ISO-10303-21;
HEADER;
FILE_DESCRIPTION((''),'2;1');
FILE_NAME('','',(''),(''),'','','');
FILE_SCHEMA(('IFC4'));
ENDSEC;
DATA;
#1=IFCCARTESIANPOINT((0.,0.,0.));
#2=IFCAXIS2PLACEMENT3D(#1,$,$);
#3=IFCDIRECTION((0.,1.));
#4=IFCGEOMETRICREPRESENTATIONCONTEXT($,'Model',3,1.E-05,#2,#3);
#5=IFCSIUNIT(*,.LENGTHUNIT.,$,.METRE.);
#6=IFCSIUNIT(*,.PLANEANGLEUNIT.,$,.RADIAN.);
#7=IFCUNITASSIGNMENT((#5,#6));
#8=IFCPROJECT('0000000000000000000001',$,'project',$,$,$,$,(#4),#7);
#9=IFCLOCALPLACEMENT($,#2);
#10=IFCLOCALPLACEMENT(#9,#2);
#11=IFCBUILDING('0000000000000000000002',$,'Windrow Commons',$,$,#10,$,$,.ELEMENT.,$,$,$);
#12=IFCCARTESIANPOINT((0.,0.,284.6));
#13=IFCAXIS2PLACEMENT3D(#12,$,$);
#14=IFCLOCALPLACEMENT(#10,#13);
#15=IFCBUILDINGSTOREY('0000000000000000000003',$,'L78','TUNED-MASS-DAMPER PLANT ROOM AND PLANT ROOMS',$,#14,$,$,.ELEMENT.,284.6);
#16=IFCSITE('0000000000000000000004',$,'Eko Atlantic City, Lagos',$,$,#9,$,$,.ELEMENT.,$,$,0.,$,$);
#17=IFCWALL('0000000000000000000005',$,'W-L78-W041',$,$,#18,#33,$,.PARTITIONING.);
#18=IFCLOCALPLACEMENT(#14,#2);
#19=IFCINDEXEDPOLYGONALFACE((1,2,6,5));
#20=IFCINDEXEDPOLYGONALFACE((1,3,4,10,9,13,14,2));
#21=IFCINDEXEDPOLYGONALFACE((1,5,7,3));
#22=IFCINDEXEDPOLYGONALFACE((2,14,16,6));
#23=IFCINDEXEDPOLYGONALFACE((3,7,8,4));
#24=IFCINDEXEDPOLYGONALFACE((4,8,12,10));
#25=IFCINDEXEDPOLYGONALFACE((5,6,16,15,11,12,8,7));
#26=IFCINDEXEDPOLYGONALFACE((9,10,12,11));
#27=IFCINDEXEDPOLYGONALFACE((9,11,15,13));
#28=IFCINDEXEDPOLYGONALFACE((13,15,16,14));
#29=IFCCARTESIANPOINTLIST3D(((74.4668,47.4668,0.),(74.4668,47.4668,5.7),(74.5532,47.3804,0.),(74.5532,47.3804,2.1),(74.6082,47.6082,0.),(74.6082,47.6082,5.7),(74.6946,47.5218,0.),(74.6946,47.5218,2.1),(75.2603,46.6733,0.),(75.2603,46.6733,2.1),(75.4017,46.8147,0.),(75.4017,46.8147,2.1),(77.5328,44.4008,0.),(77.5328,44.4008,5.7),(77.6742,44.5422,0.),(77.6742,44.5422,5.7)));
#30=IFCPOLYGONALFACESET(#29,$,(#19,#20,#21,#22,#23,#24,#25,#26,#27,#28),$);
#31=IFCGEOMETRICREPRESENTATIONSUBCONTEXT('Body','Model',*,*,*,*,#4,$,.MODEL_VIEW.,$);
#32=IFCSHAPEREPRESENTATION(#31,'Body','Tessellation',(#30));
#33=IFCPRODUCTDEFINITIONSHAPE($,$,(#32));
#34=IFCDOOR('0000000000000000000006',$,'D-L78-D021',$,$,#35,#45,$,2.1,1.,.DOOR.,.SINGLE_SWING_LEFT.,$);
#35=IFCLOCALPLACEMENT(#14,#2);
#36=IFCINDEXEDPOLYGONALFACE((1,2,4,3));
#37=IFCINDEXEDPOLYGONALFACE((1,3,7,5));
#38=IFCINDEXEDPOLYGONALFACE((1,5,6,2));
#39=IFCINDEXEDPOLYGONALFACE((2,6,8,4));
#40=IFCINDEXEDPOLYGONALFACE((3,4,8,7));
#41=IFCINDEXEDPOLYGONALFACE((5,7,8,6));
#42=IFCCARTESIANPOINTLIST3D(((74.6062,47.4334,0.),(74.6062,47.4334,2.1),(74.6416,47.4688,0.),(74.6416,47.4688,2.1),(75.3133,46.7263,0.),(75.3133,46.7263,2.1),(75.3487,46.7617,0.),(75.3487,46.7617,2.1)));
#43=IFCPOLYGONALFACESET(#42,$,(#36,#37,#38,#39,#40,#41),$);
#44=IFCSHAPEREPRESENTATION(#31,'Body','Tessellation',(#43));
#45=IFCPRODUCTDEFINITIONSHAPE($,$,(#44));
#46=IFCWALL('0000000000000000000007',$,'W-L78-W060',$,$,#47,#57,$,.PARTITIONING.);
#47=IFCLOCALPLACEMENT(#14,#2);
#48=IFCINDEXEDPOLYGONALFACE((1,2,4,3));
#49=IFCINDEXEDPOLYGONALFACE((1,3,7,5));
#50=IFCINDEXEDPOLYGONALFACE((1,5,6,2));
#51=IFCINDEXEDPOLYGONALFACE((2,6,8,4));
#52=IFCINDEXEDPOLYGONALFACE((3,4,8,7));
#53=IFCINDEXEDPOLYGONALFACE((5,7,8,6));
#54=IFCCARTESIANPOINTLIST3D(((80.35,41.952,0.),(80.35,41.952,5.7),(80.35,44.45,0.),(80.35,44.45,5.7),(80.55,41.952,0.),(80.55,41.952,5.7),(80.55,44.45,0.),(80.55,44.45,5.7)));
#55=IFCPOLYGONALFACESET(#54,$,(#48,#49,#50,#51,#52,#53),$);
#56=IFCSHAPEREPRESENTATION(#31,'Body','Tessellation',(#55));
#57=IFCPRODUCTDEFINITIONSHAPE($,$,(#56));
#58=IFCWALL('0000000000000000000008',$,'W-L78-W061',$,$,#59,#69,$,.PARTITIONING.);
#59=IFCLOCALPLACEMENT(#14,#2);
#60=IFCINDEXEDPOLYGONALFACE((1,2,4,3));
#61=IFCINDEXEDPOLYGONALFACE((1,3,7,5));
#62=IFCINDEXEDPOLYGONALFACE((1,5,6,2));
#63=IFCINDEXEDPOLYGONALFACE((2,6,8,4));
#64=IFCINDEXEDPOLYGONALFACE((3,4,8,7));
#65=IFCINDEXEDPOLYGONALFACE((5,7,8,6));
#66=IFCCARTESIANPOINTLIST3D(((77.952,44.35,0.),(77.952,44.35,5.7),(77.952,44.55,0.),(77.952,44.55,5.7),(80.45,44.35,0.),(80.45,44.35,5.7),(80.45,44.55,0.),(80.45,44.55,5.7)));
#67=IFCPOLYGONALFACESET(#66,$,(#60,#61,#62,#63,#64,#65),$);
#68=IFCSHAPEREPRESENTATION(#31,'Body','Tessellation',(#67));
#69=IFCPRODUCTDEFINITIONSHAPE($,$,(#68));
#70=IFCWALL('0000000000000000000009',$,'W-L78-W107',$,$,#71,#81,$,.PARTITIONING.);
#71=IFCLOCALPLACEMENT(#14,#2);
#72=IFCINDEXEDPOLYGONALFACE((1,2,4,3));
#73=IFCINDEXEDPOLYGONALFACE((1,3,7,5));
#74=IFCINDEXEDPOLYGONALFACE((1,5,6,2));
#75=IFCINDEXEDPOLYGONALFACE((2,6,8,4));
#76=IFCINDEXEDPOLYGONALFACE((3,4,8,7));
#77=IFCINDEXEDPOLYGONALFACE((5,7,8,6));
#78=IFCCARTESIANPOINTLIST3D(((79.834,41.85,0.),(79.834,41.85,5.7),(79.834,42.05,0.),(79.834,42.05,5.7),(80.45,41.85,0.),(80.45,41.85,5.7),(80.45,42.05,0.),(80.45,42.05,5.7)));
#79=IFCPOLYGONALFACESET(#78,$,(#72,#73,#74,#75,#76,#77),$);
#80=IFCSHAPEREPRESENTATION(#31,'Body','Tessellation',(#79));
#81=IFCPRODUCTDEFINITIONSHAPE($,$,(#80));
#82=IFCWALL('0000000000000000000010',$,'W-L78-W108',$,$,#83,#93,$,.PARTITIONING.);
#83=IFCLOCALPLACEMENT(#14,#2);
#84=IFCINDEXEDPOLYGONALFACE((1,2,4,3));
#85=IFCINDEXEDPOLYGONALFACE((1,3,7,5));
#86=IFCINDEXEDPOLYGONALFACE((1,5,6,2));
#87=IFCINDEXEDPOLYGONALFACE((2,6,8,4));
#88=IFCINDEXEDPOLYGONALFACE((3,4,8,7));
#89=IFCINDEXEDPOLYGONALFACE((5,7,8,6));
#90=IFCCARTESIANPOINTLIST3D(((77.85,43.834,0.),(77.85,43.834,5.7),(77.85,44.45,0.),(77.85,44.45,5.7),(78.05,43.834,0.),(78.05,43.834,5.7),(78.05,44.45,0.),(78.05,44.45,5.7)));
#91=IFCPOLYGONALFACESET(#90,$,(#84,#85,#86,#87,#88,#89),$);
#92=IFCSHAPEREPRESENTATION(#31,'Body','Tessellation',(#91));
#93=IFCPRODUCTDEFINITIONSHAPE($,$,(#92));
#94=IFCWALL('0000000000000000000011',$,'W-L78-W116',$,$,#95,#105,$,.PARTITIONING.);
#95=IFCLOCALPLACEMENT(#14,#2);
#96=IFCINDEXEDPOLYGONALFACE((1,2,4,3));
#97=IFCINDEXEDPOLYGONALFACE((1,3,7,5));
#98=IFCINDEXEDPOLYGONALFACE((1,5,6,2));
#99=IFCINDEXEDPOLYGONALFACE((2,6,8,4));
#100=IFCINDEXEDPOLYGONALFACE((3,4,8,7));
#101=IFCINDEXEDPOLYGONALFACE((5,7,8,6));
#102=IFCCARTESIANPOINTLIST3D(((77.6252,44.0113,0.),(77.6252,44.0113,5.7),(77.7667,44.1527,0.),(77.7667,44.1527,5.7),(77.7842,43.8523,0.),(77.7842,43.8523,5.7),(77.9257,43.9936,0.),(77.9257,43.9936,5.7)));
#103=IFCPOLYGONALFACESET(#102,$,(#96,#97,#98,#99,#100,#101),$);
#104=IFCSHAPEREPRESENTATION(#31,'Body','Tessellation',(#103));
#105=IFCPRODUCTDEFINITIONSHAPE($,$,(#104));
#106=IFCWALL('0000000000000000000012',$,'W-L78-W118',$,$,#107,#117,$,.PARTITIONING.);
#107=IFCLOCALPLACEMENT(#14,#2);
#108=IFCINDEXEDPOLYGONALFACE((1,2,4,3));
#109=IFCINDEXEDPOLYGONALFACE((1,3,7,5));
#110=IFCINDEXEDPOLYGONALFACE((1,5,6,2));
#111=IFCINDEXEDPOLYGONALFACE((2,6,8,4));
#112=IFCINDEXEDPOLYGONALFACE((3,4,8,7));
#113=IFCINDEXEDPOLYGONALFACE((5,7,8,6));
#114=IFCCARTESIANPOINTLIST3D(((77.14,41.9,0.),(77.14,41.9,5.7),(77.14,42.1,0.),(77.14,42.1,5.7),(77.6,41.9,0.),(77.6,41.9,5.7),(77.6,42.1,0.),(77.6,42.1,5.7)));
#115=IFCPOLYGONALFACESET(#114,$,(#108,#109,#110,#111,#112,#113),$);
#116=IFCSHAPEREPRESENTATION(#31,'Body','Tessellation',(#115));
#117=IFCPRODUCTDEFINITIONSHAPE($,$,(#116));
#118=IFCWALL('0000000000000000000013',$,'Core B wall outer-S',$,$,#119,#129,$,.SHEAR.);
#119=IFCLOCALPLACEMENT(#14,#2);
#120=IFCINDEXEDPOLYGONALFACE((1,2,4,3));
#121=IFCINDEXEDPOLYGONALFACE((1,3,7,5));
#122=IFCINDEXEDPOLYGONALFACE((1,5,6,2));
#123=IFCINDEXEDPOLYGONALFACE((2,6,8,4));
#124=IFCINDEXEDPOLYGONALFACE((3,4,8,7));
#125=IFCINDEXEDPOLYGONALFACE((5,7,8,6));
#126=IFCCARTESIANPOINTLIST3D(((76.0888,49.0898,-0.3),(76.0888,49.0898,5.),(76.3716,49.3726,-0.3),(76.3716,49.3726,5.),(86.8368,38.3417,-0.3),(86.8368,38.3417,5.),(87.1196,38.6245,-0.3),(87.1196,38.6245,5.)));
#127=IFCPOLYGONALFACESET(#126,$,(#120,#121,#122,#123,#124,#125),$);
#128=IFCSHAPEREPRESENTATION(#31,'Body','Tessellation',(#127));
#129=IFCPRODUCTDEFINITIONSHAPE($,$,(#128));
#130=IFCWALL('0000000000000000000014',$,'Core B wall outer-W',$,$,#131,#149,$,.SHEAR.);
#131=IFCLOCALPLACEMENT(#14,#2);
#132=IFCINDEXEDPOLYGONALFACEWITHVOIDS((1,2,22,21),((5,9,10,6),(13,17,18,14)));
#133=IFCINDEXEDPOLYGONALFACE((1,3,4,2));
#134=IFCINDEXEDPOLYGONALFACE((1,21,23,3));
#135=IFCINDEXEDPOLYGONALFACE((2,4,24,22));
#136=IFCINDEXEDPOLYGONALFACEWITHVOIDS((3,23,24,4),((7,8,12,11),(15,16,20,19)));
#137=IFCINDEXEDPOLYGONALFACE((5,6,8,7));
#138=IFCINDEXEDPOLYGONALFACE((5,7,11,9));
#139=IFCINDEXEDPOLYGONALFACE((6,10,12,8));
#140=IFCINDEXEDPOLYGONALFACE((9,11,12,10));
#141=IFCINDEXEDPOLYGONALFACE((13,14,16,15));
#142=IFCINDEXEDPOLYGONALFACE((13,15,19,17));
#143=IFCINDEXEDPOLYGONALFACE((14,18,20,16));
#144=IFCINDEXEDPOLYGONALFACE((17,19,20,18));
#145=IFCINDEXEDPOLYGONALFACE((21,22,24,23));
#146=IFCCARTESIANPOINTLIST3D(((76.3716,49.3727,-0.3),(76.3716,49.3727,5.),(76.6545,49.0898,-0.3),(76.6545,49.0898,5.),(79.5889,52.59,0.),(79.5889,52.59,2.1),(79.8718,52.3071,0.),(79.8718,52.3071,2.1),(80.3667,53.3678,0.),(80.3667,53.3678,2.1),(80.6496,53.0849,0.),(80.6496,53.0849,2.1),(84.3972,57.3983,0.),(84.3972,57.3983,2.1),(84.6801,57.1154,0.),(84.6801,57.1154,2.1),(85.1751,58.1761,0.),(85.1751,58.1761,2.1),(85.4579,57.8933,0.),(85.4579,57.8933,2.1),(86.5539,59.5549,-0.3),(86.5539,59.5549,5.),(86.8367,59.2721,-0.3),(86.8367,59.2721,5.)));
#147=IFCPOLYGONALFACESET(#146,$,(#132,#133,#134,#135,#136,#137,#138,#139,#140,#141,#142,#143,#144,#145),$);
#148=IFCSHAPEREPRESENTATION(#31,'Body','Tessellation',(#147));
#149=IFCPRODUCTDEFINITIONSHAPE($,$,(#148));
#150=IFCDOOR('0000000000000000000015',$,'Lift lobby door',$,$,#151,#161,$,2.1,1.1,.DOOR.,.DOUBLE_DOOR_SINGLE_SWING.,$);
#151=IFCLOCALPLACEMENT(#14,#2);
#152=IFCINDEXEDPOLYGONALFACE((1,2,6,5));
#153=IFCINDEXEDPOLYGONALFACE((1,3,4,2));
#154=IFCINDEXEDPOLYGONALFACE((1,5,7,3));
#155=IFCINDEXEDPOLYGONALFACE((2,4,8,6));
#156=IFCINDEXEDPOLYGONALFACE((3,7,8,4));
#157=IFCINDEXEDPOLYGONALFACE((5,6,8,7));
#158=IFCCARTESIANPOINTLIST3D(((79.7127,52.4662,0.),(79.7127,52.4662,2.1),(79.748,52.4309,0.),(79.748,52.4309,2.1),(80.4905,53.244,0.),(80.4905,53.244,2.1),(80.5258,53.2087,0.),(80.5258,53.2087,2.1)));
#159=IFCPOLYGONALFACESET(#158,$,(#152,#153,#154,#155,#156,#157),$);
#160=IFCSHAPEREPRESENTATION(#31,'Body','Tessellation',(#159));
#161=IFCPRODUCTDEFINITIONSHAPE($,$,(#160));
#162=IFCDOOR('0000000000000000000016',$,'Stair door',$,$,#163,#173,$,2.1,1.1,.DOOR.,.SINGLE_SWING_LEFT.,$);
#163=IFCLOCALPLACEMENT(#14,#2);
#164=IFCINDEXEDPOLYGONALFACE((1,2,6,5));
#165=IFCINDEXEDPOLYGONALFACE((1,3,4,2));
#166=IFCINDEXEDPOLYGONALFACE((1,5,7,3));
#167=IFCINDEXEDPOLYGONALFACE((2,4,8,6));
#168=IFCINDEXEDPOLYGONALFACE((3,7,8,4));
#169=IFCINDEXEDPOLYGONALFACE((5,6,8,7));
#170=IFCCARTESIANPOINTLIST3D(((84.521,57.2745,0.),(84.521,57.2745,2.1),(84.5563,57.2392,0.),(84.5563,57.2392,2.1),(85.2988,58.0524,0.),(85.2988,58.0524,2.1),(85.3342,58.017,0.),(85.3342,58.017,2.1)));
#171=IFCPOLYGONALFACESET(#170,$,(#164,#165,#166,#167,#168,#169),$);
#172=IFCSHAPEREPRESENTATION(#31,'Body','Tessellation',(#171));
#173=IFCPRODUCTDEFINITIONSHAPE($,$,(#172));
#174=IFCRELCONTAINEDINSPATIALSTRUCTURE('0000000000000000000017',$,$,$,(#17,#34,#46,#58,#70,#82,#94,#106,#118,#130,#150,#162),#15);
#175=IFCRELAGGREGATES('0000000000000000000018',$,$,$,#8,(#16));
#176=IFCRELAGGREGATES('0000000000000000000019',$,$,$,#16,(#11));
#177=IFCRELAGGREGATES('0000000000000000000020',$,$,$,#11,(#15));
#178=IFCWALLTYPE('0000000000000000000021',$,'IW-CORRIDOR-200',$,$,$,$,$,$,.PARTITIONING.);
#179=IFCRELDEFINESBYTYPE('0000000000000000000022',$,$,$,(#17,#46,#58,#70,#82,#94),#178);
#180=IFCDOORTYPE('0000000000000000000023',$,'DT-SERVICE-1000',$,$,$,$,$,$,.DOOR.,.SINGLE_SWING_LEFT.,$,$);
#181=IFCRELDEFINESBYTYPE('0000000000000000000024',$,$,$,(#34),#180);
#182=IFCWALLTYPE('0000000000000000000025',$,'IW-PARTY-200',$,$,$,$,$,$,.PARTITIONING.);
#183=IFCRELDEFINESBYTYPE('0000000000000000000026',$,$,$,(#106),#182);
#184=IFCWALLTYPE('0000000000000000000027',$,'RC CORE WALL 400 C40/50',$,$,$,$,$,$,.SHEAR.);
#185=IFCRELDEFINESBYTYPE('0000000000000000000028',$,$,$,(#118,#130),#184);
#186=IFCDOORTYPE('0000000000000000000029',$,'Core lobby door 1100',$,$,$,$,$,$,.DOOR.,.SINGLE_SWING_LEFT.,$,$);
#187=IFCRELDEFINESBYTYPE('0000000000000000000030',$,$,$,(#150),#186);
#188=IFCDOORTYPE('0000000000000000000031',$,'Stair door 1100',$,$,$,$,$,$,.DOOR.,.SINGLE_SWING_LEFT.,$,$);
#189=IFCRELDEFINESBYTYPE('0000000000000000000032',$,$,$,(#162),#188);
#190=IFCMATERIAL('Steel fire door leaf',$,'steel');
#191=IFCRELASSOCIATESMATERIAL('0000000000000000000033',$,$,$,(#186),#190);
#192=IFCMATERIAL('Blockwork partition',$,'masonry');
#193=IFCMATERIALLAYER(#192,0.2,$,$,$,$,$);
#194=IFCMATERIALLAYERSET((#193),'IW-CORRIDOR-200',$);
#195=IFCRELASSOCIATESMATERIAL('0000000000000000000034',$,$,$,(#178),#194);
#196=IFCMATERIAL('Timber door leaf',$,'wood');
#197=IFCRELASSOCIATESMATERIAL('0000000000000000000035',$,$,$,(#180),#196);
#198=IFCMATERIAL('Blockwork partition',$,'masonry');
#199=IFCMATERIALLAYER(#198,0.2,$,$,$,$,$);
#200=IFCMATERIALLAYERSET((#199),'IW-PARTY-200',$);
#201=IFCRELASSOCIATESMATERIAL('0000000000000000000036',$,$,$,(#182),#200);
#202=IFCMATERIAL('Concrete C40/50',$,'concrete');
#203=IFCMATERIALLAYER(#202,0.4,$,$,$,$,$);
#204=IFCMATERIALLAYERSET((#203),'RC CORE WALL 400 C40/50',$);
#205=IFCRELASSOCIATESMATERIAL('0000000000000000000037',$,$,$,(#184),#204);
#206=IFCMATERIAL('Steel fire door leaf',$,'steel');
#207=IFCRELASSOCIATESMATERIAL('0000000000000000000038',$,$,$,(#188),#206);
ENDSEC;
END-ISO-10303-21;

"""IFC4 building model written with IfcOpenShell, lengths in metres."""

from ifc_helpers import new_model, si_unit, direction, frame, frame_2d, origin, place, context, subcontext, project, spatial, rectangle, extrude, material, layer, layer_set, type_object, element, fill, save


model = new_model("IFC4")

# Units and contexts
model_context = context("Model", 3, precision=1e-05, world=origin(), true_north=direction((0.0, 1.0)))
body_context = subcontext(model_context, "Body", "Model", "MODEL_VIEW")
ifc_project = project(units=[si_unit("LENGTHUNIT", "METRE"), si_unit("PLANEANGLEUNIT", "RADIAN")], contexts=[model_context])

# Site, building, storey
site_placement = place(None, origin())
site = spatial("IfcSite", under=ifc_project, at=site_placement, Name="Eko Atlantic City, Lagos", CompositionType="ELEMENT", RefElevation=0.0)
building_placement = place(site_placement, origin())
building = spatial("IfcBuilding", under=site, at=building_placement, Name="Windrow Commons", CompositionType="ELEMENT")
storey_placement = place(building_placement, frame((0.0, 0.0, 284.6)))
storey = spatial("IfcBuildingStorey", under=building, at=storey_placement, Name="L78", Description="TUNED-MASS-DAMPER PLANT ROOM AND PLANT ROOMS", CompositionType="ELEMENT", Elevation=284.6)

# Wall, opening, door
ifc_material_1 = material(Name="Steel fire door leaf", Category="steel")
door_type_1 = type_object("IfcDoorType", Name="Core lobby door 1100", OperationType="SINGLE_SWING_LEFT", PredefinedType="DOOR", material=ifc_material_1)
ifc_material_2 = material(Name="Blockwork partition", Category="masonry")
ifc_layer_1 = layer(ifc_material_2, 0.2)
ifc_layer_set_1 = layer_set([ifc_layer_1], Name="IW-CORRIDOR-200")
wall_type_1 = type_object("IfcWallType", Name="IW-CORRIDOR-200", PredefinedType="PARTITIONING", material=ifc_layer_set_1)
wall_1_placement = place(storey_placement, frame((74.5375, 47.5375, 0.0), z_axis=(0.0, 0.0, 1.0), x_axis=(0.707107, -0.707107, 0.0)))
wall_1 = element("IfcWall", 1, at=wall_1_placement, inside=storey, type_object=wall_type_1, Name="W-L78-W041", PredefinedType="PARTITIONING", context=body_context, shape_type="SweptSolid", body=[
    extrude(rectangle(XDim=4.336, YDim=0.2, at=frame_2d((2.168, 0.0))), origin(), (0.0, 0.0, 1.0), 5.7),
])
opening_1_placement = place(wall_1_placement, frame((0.1222, 0.0, 0.0)))
opening_1 = element("IfcOpeningElement", 2, at=opening_1_placement, cuts=wall_1, PredefinedType="OPENING", context=body_context, shape_type="SweptSolid", body=[
    extrude(rectangle(XDim=1.0, YDim=2.1, at=frame_2d((0.5, 1.05))), frame((0.0, 0.11, 0.0), z_axis=(0.0, -1.0, 0.0), x_axis=(1.0, 0.0, 0.0)), (0.0, 0.0, 1.0), 0.22),
])
ifc_material_3 = material(Name="Timber door leaf", Category="wood")
door_type_2 = type_object("IfcDoorType", Name="DT-SERVICE-1000", OperationType="SINGLE_SWING_LEFT", PredefinedType="DOOR", material=ifc_material_3)
door_1_placement = place(opening_1_placement, origin())
door_1 = element("IfcDoor", 3, at=door_1_placement, inside=storey, type_object=door_type_2, Name="D-L78-D021", OperationType="SINGLE_SWING_LEFT", OverallHeight=2.1, OverallWidth=1.0, PredefinedType="DOOR", context=body_context, shape_type="SweptSolid", body=[
    extrude(rectangle(XDim=1.0, YDim=2.1, at=frame_2d((0.5, 1.05))), frame((0.0, 0.025, 0.0), z_axis=(0.0, -1.0, 0.0), x_axis=(1.0, 0.0, 0.0)), (0.0, 0.0, 1.0), 0.05),
])
fill(opening_1, door_1)

# Walls
for number, where, z_axis, x_axis, name in (
    (4, (80.45, 41.952, 0.0), (0.0, 0.0, 1.0), (0.0, 1.0, 0.0), "W-L78-W060"),
    (5, (77.952, 44.45, 0.0), (0.0, 0.0, 1.0), (1.0, 0.0, 0.0), "W-L78-W061"),
):
    element("IfcWall", number, at=place(storey_placement, frame(where, z_axis=z_axis, x_axis=x_axis)), inside=storey, type_object=wall_type_1, Name=name, PredefinedType="PARTITIONING", context=body_context, shape_type="SweptSolid", body=[
        extrude(rectangle(XDim=2.498, YDim=0.2, at=frame_2d((1.249, 0.0))), origin(), (0.0, 0.0, 1.0), 5.7),
    ])
for number, where, z_axis, x_axis, name in (
    (6, (79.834, 41.95, 0.0), (0.0, 0.0, 1.0), (1.0, 0.0, 0.0), "W-L78-W107"),
    (7, (77.95, 43.834, 0.0), (0.0, 0.0, 1.0), (0.0, 1.0, 0.0), "W-L78-W108"),
):
    element("IfcWall", number, at=place(storey_placement, frame(where, z_axis=z_axis, x_axis=x_axis)), inside=storey, type_object=wall_type_1, Name=name, PredefinedType="PARTITIONING", context=body_context, shape_type="SweptSolid", body=[
        extrude(rectangle(XDim=0.616, YDim=0.2, at=frame_2d((0.308, 0.0))), origin(), (0.0, 0.0, 1.0), 5.7),
    ])
wall_2_placement = place(storey_placement, frame((77.696, 44.082, 0.0), z_axis=(0.0, 0.0, 1.0), x_axis=(0.706884, -0.707329, 0.0)))
element("IfcWall", 8, at=wall_2_placement, inside=storey, type_object=wall_type_1, Name="W-L78-W116", PredefinedType="PARTITIONING", context=body_context, shape_type="SweptSolid", body=[
    extrude(rectangle(XDim=0.2249, YDim=0.2, at=frame_2d((0.1124, 0.0))), origin(), (0.0, 0.0, 1.0), 5.7),
])
ifc_material_4 = material(Name="Blockwork partition", Category="masonry")
ifc_layer_2 = layer(ifc_material_4, 0.2)
ifc_layer_set_2 = layer_set([ifc_layer_2], Name="IW-PARTY-200")
wall_type_2 = type_object("IfcWallType", Name="IW-PARTY-200", PredefinedType="PARTITIONING", material=ifc_layer_set_2)
wall_3_placement = place(storey_placement, frame((77.14, 42.0, 0.0), z_axis=(0.0, 0.0, 1.0), x_axis=(1.0, 0.0, 0.0)))
element("IfcWall", 9, at=wall_3_placement, inside=storey, type_object=wall_type_2, Name="W-L78-W118", PredefinedType="PARTITIONING", context=body_context, shape_type="SweptSolid", body=[
    extrude(rectangle(XDim=0.46, YDim=0.2, at=frame_2d((0.23, 0.0))), origin(), (0.0, 0.0, 1.0), 5.7),
])
ifc_material_5 = material(Name="Concrete C40/50", Category="concrete")
ifc_layer_3 = layer(ifc_material_5, 0.4)
ifc_layer_set_3 = layer_set([ifc_layer_3], Name="RC CORE WALL 400 C40/50")
wall_type_3 = type_object("IfcWallType", Name="RC CORE WALL 400 C40/50", PredefinedType="SHEAR", material=ifc_layer_set_3)
wall_4_placement = place(storey_placement, frame((76.2302, 49.2312, -0.3), z_axis=(0.0, 0.0, 1.0), x_axis=(0.707103, -0.70711, 0.0)))
element("IfcWall", 10, at=wall_4_placement, inside=storey, type_object=wall_type_3, Name="Core B wall outer-S", PredefinedType="SHEAR", context=body_context, shape_type="SweptSolid", body=[
    extrude(rectangle(XDim=15.2, YDim=0.4, at=frame_2d((7.6, 0.0))), origin(), (0.0, 0.0, 1.0), 5.3),
])

# Wall, openings, doors
wall_5_placement = place(storey_placement, frame((76.513, 49.2312, -0.3), z_axis=(0.0, 0.0, 1.0), x_axis=(0.707107, 0.707107, 0.0)))
wall_5 = element("IfcWall", 11, at=wall_5_placement, inside=storey, type_object=wall_type_3, Name="Core B wall outer-W", PredefinedType="SHEAR", context=body_context, shape_type="SweptSolid", body=[
    extrude(rectangle(XDim=14.3999, YDim=0.4, at=frame_2d((7.2, 0.0))), origin(), (0.0, 0.0, 1.0), 5.3),
])
opening_2_placement = place(wall_5_placement, frame((4.55, 0.0, 0.3)))
opening_2 = element("IfcOpeningElement", 12, at=opening_2_placement, cuts=wall_5, PredefinedType="OPENING", context=body_context, shape_type="SweptSolid", body=[
    extrude(rectangle(XDim=1.1, YDim=2.1, at=frame_2d((0.55, 1.05))), frame((0.0, 0.21, 0.0), z_axis=(0.0, -1.0, 0.0), x_axis=(1.0, 0.0, 0.0)), (0.0, 0.0, 1.0), 0.42),
])
opening_3_placement = place(wall_5_placement, frame((11.35, 0.0, 0.3)))
opening_3 = element("IfcOpeningElement", 13, at=opening_3_placement, cuts=wall_5, PredefinedType="OPENING", context=body_context, shape_type="SweptSolid", body=[
    extrude(rectangle(XDim=1.1, YDim=2.1, at=frame_2d((0.55, 1.05))), frame((0.0, 0.21, 0.0), z_axis=(0.0, -1.0, 0.0), x_axis=(1.0, 0.0, 0.0)), (0.0, 0.0, 1.0), 0.42),
])
door_2_placement = place(opening_2_placement, origin())
door_2 = element("IfcDoor", 14, at=door_2_placement, inside=storey, type_object=door_type_1, Name="Lift lobby door", OperationType="DOUBLE_DOOR_SINGLE_SWING", OverallHeight=2.1, OverallWidth=1.1, PredefinedType="DOOR", context=body_context, shape_type="SweptSolid", body=[
    extrude(rectangle(XDim=1.1, YDim=2.1, at=frame_2d((0.55, 1.05))), frame((0.0, 0.025, 0.0), z_axis=(0.0, -1.0, 0.0), x_axis=(1.0, 0.0, 0.0)), (0.0, 0.0, 1.0), 0.05),
])
fill(opening_2, door_2)
ifc_material_6 = material(Name="Steel fire door leaf", Category="steel")
door_type_3 = type_object("IfcDoorType", Name="Stair door 1100", OperationType="SINGLE_SWING_LEFT", PredefinedType="DOOR", material=ifc_material_6)
door_3_placement = place(opening_3_placement, origin())
door_3 = element("IfcDoor", 15, at=door_3_placement, inside=storey, type_object=door_type_3, Name="Stair door", OperationType="SINGLE_SWING_LEFT", OverallHeight=2.1, OverallWidth=1.1, PredefinedType="DOOR", context=body_context, shape_type="SweptSolid", body=[
    extrude(rectangle(XDim=1.1, YDim=2.1, at=frame_2d((0.55, 1.05))), frame((0.0, 0.025, 0.0), z_axis=(0.0, -1.0, 0.0), x_axis=(1.0, 0.0, 0.0)), (0.0, 0.0, 1.0), 0.05),
])
fill(opening_3, door_3)

save(model, "model.ifc")
